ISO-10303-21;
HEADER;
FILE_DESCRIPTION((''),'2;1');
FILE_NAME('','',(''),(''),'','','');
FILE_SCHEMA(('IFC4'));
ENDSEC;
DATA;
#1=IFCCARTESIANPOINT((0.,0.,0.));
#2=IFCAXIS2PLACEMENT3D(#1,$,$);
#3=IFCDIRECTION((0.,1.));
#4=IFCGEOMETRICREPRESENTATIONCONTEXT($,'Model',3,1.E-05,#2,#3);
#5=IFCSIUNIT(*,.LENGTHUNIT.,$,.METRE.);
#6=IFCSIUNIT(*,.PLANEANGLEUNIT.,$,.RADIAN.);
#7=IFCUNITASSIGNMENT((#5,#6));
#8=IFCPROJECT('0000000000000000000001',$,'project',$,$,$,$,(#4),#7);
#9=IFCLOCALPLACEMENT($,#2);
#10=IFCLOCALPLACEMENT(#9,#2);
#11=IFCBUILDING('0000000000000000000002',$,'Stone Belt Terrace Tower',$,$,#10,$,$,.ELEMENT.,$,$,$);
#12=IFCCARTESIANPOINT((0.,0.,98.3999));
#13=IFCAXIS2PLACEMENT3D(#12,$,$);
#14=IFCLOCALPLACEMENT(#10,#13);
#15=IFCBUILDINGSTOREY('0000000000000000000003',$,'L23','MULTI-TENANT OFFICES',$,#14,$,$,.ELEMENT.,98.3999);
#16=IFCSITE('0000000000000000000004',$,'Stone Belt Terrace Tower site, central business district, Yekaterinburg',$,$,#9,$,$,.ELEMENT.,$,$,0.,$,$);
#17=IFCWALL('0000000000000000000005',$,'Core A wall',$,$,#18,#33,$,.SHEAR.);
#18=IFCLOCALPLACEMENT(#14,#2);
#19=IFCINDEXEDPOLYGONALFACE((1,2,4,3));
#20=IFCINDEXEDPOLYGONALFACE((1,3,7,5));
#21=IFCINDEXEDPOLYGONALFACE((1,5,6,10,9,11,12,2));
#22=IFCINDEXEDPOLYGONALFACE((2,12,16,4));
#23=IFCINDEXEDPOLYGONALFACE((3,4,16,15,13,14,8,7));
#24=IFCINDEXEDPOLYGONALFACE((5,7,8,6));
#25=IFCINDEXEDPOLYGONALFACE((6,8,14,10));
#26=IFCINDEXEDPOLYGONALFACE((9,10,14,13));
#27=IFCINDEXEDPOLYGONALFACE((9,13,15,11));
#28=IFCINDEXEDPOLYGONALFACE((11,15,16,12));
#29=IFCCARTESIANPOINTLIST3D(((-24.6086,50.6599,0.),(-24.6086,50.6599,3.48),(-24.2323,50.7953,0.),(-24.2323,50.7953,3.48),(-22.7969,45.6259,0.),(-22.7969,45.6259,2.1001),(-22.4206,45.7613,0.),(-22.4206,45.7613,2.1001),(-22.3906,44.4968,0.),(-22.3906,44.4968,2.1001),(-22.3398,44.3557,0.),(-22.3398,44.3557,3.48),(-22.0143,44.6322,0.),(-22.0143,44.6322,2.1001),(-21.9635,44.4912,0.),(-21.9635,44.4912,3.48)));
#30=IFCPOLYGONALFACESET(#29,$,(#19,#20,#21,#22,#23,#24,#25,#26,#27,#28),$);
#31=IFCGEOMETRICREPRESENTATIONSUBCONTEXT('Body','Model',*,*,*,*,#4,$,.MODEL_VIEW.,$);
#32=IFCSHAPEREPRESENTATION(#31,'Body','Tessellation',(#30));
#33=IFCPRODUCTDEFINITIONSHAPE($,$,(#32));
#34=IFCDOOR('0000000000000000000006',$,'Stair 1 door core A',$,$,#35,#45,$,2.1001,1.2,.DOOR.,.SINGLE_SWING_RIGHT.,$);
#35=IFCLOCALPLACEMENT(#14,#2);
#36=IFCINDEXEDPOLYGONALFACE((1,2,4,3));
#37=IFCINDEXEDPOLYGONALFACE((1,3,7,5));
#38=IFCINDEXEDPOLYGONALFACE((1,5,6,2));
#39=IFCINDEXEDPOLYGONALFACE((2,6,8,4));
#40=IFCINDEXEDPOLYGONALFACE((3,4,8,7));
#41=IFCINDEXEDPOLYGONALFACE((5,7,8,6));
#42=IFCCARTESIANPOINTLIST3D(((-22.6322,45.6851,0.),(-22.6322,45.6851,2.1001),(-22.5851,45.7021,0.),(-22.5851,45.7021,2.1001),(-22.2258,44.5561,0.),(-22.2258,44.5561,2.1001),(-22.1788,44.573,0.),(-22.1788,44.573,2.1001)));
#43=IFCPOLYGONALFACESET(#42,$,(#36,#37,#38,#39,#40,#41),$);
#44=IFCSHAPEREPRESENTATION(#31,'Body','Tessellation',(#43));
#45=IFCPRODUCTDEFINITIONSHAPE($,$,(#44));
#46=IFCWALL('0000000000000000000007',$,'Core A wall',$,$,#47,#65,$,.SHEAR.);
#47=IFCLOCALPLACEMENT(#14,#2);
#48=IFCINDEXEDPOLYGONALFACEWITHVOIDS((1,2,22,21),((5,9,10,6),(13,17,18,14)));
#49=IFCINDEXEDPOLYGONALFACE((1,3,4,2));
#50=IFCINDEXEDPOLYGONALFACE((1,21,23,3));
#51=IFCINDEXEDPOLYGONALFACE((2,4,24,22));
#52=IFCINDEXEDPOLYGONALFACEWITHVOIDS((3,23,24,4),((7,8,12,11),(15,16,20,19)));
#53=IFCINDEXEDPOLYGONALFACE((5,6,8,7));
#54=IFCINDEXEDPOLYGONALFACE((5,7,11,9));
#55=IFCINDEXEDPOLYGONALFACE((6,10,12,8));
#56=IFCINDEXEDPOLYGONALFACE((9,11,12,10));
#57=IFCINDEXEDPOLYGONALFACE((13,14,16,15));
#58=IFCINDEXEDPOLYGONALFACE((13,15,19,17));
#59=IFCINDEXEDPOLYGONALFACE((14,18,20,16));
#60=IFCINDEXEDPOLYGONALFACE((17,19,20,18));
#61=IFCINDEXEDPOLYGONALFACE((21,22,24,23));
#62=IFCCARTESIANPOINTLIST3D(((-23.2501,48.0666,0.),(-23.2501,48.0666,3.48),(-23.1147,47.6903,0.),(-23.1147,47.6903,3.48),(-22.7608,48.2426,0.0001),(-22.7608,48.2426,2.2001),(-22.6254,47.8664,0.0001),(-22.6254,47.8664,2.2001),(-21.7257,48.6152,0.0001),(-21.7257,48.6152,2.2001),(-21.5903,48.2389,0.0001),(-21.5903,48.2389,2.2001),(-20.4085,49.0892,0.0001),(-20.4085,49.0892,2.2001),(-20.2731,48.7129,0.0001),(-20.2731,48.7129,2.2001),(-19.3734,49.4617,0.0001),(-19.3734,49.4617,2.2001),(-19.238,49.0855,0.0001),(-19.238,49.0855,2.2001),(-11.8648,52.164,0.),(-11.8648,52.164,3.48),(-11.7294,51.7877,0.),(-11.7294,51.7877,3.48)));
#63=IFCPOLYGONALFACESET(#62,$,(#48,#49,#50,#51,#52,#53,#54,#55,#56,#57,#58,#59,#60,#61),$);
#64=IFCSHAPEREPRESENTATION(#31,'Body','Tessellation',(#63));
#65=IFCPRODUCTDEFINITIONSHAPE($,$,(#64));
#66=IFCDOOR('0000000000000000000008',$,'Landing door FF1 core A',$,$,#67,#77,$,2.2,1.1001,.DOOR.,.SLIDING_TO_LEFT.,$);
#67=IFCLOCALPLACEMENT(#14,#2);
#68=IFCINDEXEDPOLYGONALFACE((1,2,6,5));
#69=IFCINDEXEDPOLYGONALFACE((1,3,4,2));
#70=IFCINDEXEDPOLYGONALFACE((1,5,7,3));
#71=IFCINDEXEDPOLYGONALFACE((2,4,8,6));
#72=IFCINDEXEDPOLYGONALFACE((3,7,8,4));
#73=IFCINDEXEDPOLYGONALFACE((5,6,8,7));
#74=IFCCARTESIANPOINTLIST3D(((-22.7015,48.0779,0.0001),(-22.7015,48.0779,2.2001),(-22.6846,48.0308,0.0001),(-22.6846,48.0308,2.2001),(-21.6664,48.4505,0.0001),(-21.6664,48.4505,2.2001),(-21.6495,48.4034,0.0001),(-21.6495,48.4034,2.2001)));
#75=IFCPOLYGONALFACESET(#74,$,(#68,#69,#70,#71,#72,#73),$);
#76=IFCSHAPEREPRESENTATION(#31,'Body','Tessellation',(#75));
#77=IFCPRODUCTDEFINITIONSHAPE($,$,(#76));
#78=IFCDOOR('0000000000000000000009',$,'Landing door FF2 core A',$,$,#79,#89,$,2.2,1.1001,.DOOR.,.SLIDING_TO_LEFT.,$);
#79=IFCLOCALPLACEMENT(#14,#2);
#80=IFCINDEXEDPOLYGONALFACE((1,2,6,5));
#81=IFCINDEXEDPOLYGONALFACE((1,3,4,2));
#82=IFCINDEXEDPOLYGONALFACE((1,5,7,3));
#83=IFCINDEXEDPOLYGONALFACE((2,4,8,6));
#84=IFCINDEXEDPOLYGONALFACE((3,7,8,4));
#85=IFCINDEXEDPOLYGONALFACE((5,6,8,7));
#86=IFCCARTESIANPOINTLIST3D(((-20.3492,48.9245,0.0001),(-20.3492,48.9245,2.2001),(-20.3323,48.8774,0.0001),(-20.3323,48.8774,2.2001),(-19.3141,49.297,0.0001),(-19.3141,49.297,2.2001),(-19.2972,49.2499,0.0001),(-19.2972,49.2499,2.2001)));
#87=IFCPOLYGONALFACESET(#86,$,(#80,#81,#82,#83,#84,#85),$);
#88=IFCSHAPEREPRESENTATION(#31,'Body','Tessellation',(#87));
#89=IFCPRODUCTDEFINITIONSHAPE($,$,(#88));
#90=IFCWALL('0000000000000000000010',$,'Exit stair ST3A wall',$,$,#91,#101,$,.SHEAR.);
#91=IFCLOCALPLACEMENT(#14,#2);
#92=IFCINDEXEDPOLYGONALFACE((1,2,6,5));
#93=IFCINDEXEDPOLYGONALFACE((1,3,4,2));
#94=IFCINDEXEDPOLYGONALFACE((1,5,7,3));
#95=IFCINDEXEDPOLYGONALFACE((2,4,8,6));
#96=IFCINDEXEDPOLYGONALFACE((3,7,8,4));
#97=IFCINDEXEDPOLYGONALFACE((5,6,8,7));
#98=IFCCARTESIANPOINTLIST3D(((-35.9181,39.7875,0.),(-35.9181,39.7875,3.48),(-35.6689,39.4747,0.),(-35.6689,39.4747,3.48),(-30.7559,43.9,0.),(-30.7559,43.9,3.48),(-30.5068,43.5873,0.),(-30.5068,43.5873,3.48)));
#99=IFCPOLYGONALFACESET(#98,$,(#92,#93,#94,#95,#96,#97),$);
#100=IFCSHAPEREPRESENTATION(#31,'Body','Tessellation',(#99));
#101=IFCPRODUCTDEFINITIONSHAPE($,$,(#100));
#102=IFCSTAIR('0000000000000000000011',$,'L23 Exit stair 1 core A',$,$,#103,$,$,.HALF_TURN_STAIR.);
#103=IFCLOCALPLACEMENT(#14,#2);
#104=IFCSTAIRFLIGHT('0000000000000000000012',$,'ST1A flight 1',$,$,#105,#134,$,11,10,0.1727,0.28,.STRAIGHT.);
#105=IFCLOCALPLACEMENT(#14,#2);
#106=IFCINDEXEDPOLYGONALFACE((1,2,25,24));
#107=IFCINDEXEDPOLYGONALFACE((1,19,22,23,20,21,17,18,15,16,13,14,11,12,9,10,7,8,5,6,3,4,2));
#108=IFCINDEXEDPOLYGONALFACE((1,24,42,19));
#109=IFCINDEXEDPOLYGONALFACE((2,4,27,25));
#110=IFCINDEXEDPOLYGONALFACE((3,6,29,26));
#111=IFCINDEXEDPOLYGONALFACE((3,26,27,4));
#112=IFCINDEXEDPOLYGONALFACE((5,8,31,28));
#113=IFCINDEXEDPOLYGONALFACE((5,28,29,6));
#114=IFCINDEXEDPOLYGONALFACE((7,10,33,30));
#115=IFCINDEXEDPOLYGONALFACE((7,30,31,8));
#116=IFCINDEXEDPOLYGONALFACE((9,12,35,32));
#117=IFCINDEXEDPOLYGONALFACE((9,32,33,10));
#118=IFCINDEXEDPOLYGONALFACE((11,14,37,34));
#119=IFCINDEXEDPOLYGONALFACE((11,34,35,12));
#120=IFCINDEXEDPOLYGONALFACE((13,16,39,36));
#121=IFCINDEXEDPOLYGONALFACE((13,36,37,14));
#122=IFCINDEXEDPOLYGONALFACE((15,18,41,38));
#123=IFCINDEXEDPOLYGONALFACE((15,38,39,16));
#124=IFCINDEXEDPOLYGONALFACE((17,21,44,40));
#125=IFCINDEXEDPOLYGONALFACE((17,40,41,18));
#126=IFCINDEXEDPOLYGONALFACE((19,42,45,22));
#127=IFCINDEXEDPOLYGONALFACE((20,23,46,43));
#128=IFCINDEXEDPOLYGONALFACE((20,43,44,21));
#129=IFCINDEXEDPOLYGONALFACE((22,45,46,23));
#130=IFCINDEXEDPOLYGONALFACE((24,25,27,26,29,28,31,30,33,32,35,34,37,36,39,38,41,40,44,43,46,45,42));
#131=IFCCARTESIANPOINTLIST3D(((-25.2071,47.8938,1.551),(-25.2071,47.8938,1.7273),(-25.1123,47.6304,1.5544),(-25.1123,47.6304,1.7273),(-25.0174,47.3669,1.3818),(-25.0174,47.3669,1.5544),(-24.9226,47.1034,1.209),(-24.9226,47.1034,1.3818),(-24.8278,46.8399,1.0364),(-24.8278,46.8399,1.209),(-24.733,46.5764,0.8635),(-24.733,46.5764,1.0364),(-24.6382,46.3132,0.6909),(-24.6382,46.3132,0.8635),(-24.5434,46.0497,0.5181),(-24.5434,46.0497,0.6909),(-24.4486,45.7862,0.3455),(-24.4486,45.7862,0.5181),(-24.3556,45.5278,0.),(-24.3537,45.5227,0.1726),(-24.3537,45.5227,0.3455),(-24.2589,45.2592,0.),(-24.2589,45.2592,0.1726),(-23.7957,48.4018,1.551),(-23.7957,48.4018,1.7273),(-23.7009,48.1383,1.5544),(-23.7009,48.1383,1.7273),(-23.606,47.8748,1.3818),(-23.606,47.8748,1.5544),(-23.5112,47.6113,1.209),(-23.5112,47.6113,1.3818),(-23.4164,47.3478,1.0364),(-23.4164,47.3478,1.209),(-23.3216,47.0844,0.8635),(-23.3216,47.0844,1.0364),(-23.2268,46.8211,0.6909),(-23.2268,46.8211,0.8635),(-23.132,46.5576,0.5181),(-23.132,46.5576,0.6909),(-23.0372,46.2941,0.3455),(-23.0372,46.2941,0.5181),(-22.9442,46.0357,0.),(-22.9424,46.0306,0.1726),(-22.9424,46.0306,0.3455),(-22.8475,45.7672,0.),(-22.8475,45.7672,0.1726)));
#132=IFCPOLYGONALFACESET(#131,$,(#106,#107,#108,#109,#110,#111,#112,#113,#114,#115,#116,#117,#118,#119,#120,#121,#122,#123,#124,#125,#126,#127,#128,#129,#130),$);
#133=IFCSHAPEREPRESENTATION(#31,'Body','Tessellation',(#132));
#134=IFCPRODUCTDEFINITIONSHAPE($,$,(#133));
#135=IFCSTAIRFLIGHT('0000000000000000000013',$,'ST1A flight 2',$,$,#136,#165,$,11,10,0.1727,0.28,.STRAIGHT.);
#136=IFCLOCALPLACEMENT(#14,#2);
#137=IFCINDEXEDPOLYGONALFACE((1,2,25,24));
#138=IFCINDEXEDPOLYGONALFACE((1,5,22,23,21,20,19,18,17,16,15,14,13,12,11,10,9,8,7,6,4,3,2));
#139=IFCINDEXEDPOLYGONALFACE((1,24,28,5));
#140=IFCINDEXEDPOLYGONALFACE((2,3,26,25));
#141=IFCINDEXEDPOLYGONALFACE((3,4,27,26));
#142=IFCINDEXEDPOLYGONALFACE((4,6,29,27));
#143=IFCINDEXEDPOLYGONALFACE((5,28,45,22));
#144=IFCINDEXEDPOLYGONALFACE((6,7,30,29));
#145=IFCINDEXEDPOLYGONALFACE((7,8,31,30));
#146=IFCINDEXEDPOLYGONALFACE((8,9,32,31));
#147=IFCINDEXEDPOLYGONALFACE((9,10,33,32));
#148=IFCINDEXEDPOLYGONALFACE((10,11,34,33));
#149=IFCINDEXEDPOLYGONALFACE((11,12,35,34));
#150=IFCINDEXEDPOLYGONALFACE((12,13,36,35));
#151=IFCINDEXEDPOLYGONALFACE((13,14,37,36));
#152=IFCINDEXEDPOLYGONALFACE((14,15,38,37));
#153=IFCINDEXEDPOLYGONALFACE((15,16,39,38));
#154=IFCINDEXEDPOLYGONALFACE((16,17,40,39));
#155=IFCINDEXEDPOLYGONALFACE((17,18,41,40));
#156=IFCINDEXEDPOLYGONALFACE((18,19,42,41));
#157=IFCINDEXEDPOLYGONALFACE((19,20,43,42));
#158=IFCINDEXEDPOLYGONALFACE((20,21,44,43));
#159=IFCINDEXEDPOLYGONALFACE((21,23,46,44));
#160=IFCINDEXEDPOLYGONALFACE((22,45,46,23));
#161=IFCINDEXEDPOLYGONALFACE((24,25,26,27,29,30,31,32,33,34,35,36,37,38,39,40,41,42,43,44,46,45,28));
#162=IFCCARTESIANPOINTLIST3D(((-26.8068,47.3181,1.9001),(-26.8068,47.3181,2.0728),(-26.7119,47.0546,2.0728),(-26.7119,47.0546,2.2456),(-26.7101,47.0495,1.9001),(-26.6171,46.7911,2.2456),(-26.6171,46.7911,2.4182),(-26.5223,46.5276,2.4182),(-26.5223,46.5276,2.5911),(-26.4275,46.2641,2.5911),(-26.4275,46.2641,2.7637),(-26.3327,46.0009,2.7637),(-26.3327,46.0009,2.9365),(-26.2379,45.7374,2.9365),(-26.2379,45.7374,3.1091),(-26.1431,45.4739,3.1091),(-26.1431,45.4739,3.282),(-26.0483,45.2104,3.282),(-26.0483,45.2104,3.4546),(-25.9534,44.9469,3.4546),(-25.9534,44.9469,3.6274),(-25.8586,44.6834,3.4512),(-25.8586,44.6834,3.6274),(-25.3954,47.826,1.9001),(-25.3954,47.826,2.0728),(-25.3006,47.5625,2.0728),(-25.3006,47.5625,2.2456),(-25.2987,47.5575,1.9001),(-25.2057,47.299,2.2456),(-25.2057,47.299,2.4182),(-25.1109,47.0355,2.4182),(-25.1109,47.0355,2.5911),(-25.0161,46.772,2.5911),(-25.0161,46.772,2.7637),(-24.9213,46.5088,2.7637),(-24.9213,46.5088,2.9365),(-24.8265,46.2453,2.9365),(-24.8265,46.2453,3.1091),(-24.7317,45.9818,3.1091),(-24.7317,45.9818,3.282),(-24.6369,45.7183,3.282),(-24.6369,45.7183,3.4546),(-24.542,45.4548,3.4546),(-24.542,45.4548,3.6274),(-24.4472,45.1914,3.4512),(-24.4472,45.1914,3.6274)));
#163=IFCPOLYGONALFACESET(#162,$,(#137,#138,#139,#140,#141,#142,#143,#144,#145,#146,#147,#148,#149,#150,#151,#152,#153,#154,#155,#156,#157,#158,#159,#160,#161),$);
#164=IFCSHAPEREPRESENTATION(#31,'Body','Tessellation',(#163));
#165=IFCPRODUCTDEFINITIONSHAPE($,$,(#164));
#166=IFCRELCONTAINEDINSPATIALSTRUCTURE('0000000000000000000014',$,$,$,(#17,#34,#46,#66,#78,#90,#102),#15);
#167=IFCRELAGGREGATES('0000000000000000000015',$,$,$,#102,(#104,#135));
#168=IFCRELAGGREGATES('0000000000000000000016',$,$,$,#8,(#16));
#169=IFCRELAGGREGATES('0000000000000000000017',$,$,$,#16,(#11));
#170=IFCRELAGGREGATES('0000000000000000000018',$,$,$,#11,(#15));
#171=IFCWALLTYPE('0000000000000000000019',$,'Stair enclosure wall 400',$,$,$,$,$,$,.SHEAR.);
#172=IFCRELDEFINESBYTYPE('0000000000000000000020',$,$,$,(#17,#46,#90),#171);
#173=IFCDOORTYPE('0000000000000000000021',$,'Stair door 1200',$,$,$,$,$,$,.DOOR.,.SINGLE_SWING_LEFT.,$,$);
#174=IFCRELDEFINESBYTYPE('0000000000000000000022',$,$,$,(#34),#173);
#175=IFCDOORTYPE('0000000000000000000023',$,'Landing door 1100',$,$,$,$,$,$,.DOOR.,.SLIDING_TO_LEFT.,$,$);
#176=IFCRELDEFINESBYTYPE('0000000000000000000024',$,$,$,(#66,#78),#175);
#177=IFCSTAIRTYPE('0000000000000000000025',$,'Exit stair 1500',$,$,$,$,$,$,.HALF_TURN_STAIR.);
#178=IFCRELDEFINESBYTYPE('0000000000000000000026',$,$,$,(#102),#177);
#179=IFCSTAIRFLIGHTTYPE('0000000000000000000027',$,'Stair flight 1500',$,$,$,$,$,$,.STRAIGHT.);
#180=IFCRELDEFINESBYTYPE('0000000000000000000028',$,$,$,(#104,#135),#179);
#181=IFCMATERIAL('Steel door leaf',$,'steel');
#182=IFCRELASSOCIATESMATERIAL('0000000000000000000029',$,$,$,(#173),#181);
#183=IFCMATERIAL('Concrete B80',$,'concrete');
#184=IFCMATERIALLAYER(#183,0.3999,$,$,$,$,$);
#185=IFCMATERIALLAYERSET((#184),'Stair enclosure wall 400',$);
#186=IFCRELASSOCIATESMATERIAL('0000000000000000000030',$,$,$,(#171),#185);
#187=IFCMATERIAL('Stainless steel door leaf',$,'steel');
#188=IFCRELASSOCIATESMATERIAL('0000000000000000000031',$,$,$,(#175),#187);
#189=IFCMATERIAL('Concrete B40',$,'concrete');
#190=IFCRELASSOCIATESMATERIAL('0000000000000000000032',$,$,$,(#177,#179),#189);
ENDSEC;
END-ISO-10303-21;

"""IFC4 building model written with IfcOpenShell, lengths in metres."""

from ifc_helpers import new_model, si_unit, direction, frame, frame_2d, origin, place, context, subcontext, project, spatial, polyline, rectangle, outline, extrude, material, layer, layer_set, type_object, element, fill, aggregate, save


model = new_model("IFC4")

# Units and contexts
model_context = context("Model", 3, precision=1e-05, world=origin(), true_north=direction((0.0, 1.0)))
body_context = subcontext(model_context, "Body", "Model", "MODEL_VIEW")
ifc_project = project(units=[si_unit("LENGTHUNIT", "METRE"), si_unit("PLANEANGLEUNIT", "RADIAN")], contexts=[model_context])

# Site, building, storey
site_placement = place(None, origin())
site = spatial("IfcSite", under=ifc_project, at=site_placement, Name="Stone Belt Terrace Tower site, central business district, Yekaterinburg", CompositionType="ELEMENT", RefElevation=0.0)
building_placement = place(site_placement, origin())
building = spatial("IfcBuilding", under=site, at=building_placement, Name="Stone Belt Terrace Tower", CompositionType="ELEMENT")
storey_placement = place(building_placement, frame((0.0, 0.0, 98.3999)))
storey = spatial("IfcBuildingStorey", under=building, at=storey_placement, Name="L23", Description="MULTI-TENANT OFFICES", CompositionType="ELEMENT", Elevation=98.3999)

# Shared definitions
ifc_material_1 = material(Name="Concrete B80", Category="concrete")

# Shared definitions
ifc_material_2 = material(Name="Steel door leaf", Category="steel")
door_type_1 = type_object("IfcDoorType", Name="Stair door 1200", OperationType="SINGLE_SWING_LEFT", PredefinedType="DOOR", material=ifc_material_2)

# Wall, opening, door
ifc_layer_1 = layer(ifc_material_1, 0.3999)
ifc_layer_set_1 = layer_set([ifc_layer_1], Name="Stair enclosure wall 400")
wall_type_1 = type_object("IfcWallType", Name="Stair enclosure wall 400", PredefinedType="SHEAR", material=ifc_layer_set_1)
wall_1_placement = place(storey_placement, frame((-22.1516, 44.4233, 0.0), z_axis=(0.0, 0.0, 1.0), x_axis=(-0.338625, 0.940921, 0.0)))
wall_1 = element("IfcWall", 1, at=wall_1_placement, inside=storey, type_object=wall_type_1, Name="Core A wall", PredefinedType="SHEAR", context=body_context, shape_type="SweptSolid", body=[
    extrude(rectangle(XDim=6.7, YDim=0.3999, at=frame_2d((3.3501, 0.0))), origin(), (0.0, 0.0, 1.0), 3.48),
])
opening_1_placement = place(wall_1_placement, frame((0.1499, 0.0, 0.0)))
opening_1 = element("IfcOpeningElement", 2, at=opening_1_placement, cuts=wall_1, PredefinedType="OPENING", context=body_context, shape_type="SweptSolid", body=[
    extrude(rectangle(XDim=1.2, YDim=2.1001, at=frame_2d((0.6001, 1.05))), frame((0.0, 0.21, 0.0), z_axis=(0.0, -1.0, 0.0), x_axis=(1.0, 0.0, 0.0)), (0.0, 0.0, 1.0), 0.4199),
])
door_1_placement = place(opening_1_placement, origin())
door_1 = element("IfcDoor", 3, at=door_1_placement, inside=storey, type_object=door_type_1, Name="Stair 1 door core A", OperationType="SINGLE_SWING_RIGHT", OverallHeight=2.1001, OverallWidth=1.2, PredefinedType="DOOR", context=body_context, shape_type="SweptSolid", body=[
    extrude(rectangle(XDim=1.2, YDim=2.1001, at=frame_2d((0.6001, 1.05))), frame((0.0, 0.0249, 0.0), z_axis=(0.0, -1.0, 0.0), x_axis=(1.0, 0.0, 0.0)), (0.0, 0.0, 1.0), 0.05),
])
fill(opening_1, door_1)

# Wall, openings, doors
wall_2_placement = place(storey_placement, frame((-23.1824, 47.8784, 0.0), z_axis=(0.0, 0.0, 1.0), x_axis=(0.940921, 0.338626, 0.0)))
wall_2 = element("IfcWall", 4, at=wall_2_placement, inside=storey, type_object=wall_type_1, Name="Core A wall", PredefinedType="SHEAR", context=body_context, shape_type="SweptSolid", body=[
    extrude(rectangle(XDim=12.1001, YDim=0.3999, at=frame_2d((6.05, 0.0))), origin(), (0.0, 0.0, 1.0), 3.48),
])
opening_2_placement = place(wall_2_placement, frame((0.52, 0.0, 0.0)))
opening_2 = element("IfcOpeningElement", 5, at=opening_2_placement, cuts=wall_2, PredefinedType="OPENING", context=body_context, shape_type="SweptSolid", body=[
    extrude(rectangle(XDim=1.1001, YDim=2.2, at=frame_2d((0.55, 1.1001))), frame((0.0, 0.21, 0.0), z_axis=(0.0, -1.0, 0.0), x_axis=(1.0, 0.0, 0.0)), (0.0, 0.0, 1.0), 0.4199),
])
opening_3_placement = place(wall_2_placement, frame((3.02, 0.0, 0.0)))
opening_3 = element("IfcOpeningElement", 6, at=opening_3_placement, cuts=wall_2, PredefinedType="OPENING", context=body_context, shape_type="SweptSolid", body=[
    extrude(rectangle(XDim=1.1001, YDim=2.2, at=frame_2d((0.55, 1.1001))), frame((0.0, 0.21, 0.0), z_axis=(0.0, -1.0, 0.0), x_axis=(1.0, 0.0, 0.0)), (0.0, 0.0, 1.0), 0.4199),
])
ifc_material_3 = material(Name="Stainless steel door leaf", Category="steel")
door_type_2 = type_object("IfcDoorType", Name="Landing door 1100", OperationType="SLIDING_TO_LEFT", PredefinedType="DOOR", material=ifc_material_3)
door_2_placement = place(opening_2_placement, origin())
door_2 = element("IfcDoor", 7, at=door_2_placement, inside=storey, type_object=door_type_2, Name="Landing door FF1 core A", OperationType="SLIDING_TO_LEFT", OverallHeight=2.2, OverallWidth=1.1001, PredefinedType="DOOR", context=body_context, shape_type="SweptSolid", body=[
    extrude(rectangle(XDim=1.1001, YDim=2.2, at=frame_2d((0.55, 1.1001))), frame((0.0, 0.0249, 0.0), z_axis=(0.0, -1.0, 0.0), x_axis=(1.0, 0.0, 0.0)), (0.0, 0.0, 1.0), 0.05),
])
fill(opening_2, door_2)
door_3_placement = place(opening_3_placement, origin())
door_3 = element("IfcDoor", 8, at=door_3_placement, inside=storey, type_object=door_type_2, Name="Landing door FF2 core A", OperationType="SLIDING_TO_LEFT", OverallHeight=2.2, OverallWidth=1.1001, PredefinedType="DOOR", context=body_context, shape_type="SweptSolid", body=[
    extrude(rectangle(XDim=1.1001, YDim=2.2, at=frame_2d((0.55, 1.1001))), frame((0.0, 0.0249, 0.0), z_axis=(0.0, -1.0, 0.0), x_axis=(1.0, 0.0, 0.0)), (0.0, 0.0, 1.0), 0.05),
])
fill(opening_3, door_3)

# Wall
wall_3_placement = place(storey_placement, frame((-30.6313, 43.7437, 0.0), z_axis=(0.0, 0.0, 1.0), x_axis=(-0.782134, -0.62311, 0.0)))
element("IfcWall", 9, at=wall_3_placement, inside=storey, type_object=wall_type_1, Name="Exit stair ST3A wall", PredefinedType="SHEAR", context=body_context, shape_type="SweptSolid", body=[
    extrude(rectangle(XDim=6.6001, YDim=0.3999, at=frame_2d((3.3, 0.0))), origin(), (0.0, 0.0, 1.0), 3.48),
])

# Stair, stair flights
ifc_material_4 = material(Name="Concrete B40", Category="concrete")
stair_type = type_object("IfcStairType", Name="Exit stair 1500", PredefinedType="HALF_TURN_STAIR", material=ifc_material_4)
stair_placement = place(storey_placement, origin())
stair = element("IfcStair", 10, at=stair_placement, inside=storey, type_object=stair_type, Name="L23 Exit stair 1 core A", PredefinedType="HALF_TURN_STAIR")
stair_flight_type = type_object("IfcStairFlightType", Name="Stair flight 1500", PredefinedType="STRAIGHT", material=ifc_material_4)
stair_flight_1_placement = place(storey_placement, frame((-23.5532, 45.5132, 0.0), z_axis=(0.0, 0.0, 1.0), x_axis=(-0.338624, 0.940922, 0.0)))
stair_flight_1 = element("IfcStairFlight", 11, at=stair_flight_1_placement, type_object=stair_flight_type, Name="ST1A flight 1", NumberOfRisers=11, NumberOfTreads=10, PredefinedType="STRAIGHT", RiserHeight=0.1727, TreadLength=0.28, context=body_context, shape_type="SweptSolid", body=[
    extrude(outline(polyline([(0.0, 0.0), (0.0, 0.1726), (0.28, 0.1726), (0.28, 0.3455), (0.5601, 0.3455), (0.5601, 0.5181), (0.8401, 0.5181), (0.8401, 0.6909), (1.1201, 0.6909), (1.1201, 0.8635), (1.3999, 0.8635), (1.3999, 1.0364), (1.6799, 1.0364), (1.6799, 1.209), (1.96, 1.209), (1.96, 1.3818), (2.24, 1.3818), (2.24, 1.5544), (2.52, 1.5544), (2.52, 1.7273), (2.8, 1.7273), (2.8, 1.8999), (2.8, 1.551), (0.2854, 0.0), (0.0, 0.0)])), frame((0.0, 0.75, 0.0), z_axis=(0.0, -1.0, 0.0), x_axis=(1.0, 0.0, 0.0)), (0.0, 0.0, 1.0), 1.5),
])
stair_flight_2_placement = place(storey_placement, frame((-26.1011, 47.572, 1.9001), z_axis=(0.0, 0.0, 1.0), x_axis=(0.338624, -0.940922, 0.0)))
stair_flight_2 = element("IfcStairFlight", 12, at=stair_flight_2_placement, type_object=stair_flight_type, Name="ST1A flight 2", NumberOfRisers=11, NumberOfTreads=10, PredefinedType="STRAIGHT", RiserHeight=0.1727, TreadLength=0.28, context=body_context, shape_type="SweptSolid", body=[
    extrude(outline(polyline([(0.0, 0.0), (0.0, 0.1726), (0.28, 0.1726), (0.28, 0.3455), (0.5601, 0.3455), (0.5601, 0.5181), (0.8401, 0.5181), (0.8401, 0.6909), (1.1201, 0.6909), (1.1201, 0.8635), (1.3999, 0.8635), (1.3999, 1.0364), (1.6799, 1.0364), (1.6799, 1.209), (1.96, 1.209), (1.96, 1.3818), (2.24, 1.3818), (2.24, 1.5544), (2.52, 1.5544), (2.52, 1.7273), (2.8, 1.7273), (2.8, 1.8999), (2.8, 1.551), (0.2854, 0.0), (0.0, 0.0)])), frame((0.0, 0.75, 0.0), z_axis=(0.0, -1.0, 0.0), x_axis=(1.0, 0.0, 0.0)), (0.0, 0.0, 1.0), 1.5),
])
aggregate(stair, [stair_flight_1, stair_flight_2])

save(model, "model.ifc")
